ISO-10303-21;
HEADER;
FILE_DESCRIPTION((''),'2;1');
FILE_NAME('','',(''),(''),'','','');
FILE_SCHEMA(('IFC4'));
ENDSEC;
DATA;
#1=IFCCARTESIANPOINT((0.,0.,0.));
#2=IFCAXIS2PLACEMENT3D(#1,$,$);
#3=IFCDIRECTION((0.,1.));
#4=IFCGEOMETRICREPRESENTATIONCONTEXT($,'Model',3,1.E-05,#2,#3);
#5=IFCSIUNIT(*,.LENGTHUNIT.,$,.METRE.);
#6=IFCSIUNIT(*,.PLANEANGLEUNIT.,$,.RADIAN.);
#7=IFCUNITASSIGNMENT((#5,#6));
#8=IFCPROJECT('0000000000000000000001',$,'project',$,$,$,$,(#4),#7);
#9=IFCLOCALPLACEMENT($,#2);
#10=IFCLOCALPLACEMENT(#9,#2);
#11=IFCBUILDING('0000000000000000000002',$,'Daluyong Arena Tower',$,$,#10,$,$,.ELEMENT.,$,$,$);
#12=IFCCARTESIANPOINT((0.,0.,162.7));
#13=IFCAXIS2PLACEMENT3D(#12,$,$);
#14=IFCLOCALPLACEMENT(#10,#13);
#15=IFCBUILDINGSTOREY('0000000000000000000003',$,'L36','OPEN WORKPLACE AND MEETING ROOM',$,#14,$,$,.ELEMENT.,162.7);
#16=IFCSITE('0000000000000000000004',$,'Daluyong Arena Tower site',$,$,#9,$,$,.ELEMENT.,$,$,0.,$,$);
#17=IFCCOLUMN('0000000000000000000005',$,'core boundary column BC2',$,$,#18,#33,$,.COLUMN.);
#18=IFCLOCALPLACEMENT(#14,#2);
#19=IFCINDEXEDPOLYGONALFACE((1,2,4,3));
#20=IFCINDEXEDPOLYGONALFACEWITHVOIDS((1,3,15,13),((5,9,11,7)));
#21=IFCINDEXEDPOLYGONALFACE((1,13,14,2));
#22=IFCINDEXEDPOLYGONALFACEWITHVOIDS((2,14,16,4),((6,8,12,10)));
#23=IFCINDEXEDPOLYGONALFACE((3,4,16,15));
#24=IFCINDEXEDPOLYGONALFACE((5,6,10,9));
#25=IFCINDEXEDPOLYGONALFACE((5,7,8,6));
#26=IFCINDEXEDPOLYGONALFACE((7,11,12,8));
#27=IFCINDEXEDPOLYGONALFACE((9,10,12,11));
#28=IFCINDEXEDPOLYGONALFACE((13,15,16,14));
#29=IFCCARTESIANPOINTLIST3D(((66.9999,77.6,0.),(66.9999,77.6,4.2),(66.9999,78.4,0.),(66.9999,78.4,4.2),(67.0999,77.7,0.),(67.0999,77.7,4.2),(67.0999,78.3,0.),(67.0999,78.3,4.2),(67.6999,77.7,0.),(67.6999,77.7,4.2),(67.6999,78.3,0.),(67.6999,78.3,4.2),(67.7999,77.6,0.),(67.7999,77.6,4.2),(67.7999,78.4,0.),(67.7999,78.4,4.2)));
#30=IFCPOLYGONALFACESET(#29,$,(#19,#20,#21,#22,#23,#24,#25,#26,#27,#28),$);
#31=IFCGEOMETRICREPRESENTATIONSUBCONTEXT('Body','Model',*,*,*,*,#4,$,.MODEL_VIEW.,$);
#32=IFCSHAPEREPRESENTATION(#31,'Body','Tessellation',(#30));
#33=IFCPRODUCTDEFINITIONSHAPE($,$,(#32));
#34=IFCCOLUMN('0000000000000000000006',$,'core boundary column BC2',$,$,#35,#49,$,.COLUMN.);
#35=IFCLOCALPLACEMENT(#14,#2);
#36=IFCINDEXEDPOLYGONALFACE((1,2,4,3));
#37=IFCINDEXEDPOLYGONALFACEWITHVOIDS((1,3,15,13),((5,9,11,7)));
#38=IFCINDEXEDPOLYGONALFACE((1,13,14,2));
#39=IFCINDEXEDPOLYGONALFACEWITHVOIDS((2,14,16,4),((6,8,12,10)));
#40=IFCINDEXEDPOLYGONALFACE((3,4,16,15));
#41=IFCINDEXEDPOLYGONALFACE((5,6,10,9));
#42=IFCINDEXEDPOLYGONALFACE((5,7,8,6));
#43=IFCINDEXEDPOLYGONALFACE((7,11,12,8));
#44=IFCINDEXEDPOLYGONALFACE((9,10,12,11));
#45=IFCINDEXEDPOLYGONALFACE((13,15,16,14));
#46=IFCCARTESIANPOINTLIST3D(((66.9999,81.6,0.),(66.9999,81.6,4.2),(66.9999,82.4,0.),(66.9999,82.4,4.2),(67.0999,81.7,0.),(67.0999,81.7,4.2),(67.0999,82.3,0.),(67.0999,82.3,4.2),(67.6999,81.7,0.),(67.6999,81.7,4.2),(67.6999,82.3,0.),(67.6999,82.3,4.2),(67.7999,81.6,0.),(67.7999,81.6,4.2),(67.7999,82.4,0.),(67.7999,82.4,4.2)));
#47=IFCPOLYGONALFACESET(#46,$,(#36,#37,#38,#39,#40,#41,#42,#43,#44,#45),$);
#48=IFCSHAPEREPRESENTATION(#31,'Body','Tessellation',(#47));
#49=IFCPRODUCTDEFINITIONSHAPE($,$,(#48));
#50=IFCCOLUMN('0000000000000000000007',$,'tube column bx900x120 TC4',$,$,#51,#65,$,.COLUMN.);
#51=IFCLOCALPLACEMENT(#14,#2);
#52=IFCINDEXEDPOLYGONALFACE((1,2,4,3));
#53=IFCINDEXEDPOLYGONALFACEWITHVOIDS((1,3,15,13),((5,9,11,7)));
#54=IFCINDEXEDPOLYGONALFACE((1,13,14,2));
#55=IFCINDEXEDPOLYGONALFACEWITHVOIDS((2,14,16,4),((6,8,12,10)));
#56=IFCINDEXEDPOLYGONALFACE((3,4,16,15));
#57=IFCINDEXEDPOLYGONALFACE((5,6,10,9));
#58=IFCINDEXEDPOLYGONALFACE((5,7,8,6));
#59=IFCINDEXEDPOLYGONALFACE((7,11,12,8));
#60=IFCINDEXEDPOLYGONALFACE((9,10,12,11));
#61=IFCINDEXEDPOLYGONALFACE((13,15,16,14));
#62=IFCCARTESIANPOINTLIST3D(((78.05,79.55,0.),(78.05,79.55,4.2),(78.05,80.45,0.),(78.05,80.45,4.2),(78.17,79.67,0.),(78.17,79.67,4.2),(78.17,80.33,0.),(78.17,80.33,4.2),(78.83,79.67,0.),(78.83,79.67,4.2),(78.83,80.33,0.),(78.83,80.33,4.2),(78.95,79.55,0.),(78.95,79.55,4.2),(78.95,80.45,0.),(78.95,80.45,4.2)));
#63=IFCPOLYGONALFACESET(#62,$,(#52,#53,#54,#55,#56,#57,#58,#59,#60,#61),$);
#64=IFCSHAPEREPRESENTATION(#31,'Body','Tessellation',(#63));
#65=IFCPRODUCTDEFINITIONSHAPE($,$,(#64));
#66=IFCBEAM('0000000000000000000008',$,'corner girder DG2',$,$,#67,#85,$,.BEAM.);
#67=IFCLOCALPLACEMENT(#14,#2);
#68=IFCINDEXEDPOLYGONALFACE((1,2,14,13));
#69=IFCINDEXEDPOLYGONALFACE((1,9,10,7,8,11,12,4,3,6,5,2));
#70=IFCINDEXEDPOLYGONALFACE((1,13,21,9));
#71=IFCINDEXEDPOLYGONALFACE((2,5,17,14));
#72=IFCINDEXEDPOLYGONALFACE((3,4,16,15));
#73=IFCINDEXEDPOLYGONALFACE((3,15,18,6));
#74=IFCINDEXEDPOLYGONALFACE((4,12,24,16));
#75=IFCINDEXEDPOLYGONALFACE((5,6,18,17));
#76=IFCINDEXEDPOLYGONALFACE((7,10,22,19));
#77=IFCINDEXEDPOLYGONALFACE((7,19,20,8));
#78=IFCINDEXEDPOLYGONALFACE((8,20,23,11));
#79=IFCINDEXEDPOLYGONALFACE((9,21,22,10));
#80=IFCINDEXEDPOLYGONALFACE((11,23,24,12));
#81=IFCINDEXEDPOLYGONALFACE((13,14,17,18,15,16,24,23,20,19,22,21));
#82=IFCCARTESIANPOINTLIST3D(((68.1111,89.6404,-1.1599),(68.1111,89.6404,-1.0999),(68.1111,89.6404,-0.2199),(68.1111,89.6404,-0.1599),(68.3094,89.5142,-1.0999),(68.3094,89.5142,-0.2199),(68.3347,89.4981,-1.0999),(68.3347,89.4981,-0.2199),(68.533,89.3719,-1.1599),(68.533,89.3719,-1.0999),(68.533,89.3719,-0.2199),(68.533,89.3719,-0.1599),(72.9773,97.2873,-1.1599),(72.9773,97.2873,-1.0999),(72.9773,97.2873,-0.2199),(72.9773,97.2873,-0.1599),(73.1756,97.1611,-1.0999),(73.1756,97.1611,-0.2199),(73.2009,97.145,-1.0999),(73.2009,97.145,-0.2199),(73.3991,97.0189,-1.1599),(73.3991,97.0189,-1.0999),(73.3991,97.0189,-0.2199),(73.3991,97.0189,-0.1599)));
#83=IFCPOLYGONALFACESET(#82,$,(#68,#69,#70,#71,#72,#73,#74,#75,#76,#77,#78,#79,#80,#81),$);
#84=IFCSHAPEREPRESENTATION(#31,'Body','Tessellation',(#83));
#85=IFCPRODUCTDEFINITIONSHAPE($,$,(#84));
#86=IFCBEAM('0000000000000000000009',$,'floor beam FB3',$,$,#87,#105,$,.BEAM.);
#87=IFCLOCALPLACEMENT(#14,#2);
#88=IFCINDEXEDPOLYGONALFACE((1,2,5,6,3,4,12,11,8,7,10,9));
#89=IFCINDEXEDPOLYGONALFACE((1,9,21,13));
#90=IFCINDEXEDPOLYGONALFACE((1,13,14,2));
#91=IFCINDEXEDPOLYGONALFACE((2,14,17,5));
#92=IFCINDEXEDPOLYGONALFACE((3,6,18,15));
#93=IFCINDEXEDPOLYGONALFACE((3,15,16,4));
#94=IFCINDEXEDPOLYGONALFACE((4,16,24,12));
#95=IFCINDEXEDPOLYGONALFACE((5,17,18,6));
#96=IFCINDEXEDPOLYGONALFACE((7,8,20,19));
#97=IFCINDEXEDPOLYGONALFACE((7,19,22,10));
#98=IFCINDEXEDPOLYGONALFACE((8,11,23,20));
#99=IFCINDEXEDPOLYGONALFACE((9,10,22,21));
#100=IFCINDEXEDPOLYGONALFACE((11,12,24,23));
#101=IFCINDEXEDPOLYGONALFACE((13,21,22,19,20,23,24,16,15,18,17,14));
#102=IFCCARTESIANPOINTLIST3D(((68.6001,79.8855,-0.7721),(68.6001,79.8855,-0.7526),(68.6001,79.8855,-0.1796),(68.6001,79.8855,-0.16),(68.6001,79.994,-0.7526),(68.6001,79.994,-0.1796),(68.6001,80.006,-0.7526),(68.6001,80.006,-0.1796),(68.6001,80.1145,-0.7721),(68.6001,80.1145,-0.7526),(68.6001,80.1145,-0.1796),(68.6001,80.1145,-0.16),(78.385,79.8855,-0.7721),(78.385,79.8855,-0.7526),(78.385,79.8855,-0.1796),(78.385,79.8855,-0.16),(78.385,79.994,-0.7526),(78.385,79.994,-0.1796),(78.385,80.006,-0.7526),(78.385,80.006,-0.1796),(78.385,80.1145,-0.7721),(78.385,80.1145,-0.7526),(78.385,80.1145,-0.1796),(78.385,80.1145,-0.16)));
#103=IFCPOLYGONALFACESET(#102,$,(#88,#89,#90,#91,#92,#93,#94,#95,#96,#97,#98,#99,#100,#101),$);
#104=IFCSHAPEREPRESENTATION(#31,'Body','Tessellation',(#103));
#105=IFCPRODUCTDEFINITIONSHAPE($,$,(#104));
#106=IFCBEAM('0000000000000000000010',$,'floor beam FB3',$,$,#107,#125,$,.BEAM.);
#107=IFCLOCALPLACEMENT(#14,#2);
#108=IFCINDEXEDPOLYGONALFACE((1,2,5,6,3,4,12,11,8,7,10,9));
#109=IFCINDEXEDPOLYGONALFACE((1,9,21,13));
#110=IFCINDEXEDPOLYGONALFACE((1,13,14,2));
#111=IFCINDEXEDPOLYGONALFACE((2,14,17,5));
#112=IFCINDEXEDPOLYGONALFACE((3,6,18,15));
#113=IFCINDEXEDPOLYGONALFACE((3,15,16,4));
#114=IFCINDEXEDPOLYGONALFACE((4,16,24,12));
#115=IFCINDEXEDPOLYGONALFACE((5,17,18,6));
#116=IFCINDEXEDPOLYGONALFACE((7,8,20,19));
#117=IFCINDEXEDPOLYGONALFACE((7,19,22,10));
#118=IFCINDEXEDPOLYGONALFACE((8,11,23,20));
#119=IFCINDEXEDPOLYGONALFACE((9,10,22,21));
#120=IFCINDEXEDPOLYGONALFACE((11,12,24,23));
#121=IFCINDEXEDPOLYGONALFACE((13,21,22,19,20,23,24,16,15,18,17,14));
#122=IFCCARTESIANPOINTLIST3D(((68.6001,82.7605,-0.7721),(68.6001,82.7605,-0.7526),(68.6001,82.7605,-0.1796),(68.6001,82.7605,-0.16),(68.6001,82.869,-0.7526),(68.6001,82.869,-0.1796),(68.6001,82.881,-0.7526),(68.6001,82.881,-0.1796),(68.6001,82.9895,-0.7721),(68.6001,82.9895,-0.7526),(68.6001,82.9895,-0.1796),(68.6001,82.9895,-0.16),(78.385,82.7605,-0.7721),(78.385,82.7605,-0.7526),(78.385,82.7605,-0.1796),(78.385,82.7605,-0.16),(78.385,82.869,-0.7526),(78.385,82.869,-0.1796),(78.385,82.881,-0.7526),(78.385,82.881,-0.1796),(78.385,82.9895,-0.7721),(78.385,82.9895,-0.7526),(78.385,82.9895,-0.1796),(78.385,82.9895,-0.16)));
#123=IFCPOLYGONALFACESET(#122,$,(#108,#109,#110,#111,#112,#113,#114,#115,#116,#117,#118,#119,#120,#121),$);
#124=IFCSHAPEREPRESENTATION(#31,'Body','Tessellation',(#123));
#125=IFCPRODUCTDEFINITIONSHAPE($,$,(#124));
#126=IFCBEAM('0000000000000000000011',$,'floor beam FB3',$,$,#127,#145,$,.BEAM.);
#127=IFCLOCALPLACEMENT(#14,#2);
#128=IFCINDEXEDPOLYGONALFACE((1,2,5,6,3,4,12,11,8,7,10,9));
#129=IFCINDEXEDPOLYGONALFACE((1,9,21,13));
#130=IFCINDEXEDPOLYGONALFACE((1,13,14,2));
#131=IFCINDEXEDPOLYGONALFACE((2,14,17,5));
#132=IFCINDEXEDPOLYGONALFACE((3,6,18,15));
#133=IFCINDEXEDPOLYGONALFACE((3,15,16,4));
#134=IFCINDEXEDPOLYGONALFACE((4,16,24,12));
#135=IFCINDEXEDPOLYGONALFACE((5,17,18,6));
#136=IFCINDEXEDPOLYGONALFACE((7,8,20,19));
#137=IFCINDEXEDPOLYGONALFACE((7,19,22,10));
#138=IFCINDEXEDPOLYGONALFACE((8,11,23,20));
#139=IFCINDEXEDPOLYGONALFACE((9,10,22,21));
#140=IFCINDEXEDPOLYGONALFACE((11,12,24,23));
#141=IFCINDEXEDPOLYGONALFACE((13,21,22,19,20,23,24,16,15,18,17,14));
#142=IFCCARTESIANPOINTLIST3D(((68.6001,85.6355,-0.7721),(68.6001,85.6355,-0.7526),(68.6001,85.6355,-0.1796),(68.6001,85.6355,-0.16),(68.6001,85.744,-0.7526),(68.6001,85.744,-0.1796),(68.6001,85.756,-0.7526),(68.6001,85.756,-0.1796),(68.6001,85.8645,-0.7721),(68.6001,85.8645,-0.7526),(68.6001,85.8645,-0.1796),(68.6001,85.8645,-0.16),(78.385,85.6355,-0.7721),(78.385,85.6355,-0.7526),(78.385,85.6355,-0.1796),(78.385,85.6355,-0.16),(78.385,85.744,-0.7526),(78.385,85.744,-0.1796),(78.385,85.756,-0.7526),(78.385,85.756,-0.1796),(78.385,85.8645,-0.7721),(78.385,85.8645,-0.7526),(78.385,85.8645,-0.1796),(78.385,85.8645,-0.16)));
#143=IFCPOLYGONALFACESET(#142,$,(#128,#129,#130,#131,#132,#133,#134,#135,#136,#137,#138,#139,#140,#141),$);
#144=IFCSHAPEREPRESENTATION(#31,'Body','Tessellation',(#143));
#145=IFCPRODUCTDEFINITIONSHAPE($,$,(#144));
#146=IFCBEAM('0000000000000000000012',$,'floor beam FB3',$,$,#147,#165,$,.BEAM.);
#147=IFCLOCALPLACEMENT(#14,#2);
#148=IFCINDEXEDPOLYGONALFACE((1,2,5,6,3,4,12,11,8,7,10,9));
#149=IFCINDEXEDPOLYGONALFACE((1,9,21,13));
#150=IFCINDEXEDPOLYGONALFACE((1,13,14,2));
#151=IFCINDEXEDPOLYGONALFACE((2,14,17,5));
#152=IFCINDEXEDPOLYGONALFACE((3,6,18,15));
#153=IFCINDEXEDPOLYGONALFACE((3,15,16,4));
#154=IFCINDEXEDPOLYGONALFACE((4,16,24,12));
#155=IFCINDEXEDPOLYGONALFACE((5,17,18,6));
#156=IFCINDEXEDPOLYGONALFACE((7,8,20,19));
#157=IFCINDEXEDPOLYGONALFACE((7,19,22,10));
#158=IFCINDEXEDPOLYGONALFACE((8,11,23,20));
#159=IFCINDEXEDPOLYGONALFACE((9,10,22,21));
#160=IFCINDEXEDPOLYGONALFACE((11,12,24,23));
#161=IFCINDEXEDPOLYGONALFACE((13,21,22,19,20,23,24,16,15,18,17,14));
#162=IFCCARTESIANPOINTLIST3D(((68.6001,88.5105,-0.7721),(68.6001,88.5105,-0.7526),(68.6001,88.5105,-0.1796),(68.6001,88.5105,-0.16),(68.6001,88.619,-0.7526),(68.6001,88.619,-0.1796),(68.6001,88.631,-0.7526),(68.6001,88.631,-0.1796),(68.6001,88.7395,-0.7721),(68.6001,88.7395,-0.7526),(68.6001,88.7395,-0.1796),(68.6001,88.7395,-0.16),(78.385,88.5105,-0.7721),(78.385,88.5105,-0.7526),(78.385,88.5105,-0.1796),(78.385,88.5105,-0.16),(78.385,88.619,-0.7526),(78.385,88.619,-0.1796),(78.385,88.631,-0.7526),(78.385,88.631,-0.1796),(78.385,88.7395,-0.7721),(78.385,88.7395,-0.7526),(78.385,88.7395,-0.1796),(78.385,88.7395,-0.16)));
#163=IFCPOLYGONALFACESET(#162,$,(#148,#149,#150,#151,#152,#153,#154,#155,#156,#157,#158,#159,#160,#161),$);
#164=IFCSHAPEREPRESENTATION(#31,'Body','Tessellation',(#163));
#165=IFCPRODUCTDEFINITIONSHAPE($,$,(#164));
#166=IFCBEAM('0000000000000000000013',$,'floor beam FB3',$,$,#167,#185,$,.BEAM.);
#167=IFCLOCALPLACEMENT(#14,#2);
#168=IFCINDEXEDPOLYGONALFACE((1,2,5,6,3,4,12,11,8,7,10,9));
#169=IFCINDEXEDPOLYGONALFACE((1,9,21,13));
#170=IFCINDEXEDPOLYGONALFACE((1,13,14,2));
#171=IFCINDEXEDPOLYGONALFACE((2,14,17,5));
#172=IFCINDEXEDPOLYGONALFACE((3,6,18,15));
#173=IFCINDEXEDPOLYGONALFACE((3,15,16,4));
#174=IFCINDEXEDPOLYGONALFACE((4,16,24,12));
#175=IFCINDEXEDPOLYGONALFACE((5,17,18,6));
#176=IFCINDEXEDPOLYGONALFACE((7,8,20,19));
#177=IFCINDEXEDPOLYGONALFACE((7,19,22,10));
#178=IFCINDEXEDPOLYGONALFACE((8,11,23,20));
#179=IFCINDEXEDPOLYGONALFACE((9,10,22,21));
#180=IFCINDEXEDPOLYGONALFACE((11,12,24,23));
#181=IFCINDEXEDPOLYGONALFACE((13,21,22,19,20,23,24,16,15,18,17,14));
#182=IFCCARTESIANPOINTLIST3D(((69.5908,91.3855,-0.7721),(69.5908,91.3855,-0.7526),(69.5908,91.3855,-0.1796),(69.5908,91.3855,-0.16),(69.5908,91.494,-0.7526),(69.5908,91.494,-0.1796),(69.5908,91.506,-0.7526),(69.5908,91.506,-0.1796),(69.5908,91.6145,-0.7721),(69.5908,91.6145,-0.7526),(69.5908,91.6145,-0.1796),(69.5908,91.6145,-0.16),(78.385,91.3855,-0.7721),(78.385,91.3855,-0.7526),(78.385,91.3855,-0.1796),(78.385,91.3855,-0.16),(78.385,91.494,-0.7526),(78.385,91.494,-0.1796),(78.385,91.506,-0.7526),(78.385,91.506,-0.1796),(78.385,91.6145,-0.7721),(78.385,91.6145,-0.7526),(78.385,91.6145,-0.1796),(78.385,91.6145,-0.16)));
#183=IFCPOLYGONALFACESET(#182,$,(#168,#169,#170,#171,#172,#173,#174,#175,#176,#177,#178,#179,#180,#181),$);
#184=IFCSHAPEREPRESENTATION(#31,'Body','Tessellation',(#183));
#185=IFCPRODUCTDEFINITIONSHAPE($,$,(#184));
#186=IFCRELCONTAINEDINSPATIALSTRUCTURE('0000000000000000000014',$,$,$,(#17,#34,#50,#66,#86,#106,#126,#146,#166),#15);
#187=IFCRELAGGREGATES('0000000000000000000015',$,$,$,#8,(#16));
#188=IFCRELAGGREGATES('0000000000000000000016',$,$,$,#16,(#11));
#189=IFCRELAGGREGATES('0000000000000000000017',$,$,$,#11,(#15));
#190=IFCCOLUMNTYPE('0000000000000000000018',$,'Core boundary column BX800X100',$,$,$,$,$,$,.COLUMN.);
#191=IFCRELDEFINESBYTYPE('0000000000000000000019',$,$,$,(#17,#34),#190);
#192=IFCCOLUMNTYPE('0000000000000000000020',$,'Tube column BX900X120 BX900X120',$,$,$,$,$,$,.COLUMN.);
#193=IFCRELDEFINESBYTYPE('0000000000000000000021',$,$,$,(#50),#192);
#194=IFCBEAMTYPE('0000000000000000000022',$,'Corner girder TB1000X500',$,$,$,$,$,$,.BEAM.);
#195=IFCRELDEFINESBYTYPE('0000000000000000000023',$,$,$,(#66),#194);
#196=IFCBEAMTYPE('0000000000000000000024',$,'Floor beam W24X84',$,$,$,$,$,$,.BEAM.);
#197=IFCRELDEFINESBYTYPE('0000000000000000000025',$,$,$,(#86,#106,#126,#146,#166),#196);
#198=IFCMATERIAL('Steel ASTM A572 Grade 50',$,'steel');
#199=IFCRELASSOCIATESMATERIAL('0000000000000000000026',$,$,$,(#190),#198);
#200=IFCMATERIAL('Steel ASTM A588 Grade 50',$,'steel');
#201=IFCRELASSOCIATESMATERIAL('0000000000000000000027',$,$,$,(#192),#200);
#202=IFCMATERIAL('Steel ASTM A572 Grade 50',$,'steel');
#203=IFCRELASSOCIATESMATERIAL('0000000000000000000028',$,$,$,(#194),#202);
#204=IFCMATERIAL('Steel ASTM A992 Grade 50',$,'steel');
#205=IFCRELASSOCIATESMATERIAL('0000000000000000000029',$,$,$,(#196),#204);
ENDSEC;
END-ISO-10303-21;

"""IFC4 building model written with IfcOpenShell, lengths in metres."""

from ifc_helpers import new_model, si_unit, direction, frame, origin, origin_2d, place, context, subcontext, project, spatial, hollow_rectangle, i_section, extrude, material, material_profile, profile_set, type_object, element, save


model = new_model("IFC4")

# Units and contexts
model_context = context("Model", 3, precision=1e-05, world=origin(), true_north=direction((0.0, 1.0)))
body_context = subcontext(model_context, "Body", "Model", "MODEL_VIEW")
ifc_project = project(units=[si_unit("LENGTHUNIT", "METRE"), si_unit("PLANEANGLEUNIT", "RADIAN")], contexts=[model_context])

# Site, building, storey
site_placement = place(None, origin())
site = spatial("IfcSite", under=ifc_project, at=site_placement, Name="Daluyong Arena Tower site", CompositionType="ELEMENT", RefElevation=0.0)
building_placement = place(site_placement, origin())
building = spatial("IfcBuilding", under=site, at=building_placement, Name="Daluyong Arena Tower", CompositionType="ELEMENT")
storey_placement = place(building_placement, frame((0.0, 0.0, 162.7)))
storey = spatial("IfcBuildingStorey", under=building, at=storey_placement, Name="L36", Description="OPEN WORKPLACE AND MEETING ROOM", CompositionType="ELEMENT", Elevation=162.7)

# Columns
ifc_material_1 = material(Name="Steel ASTM A572 Grade 50", Category="steel")
ifc_material_profile_1 = material_profile(ifc_material_1, hollow_rectangle(XDim=0.8, YDim=0.8, WallThickness=0.1, at=origin_2d()))
ifc_profile_set_1 = profile_set([ifc_material_profile_1], Name="Steel ASTM A572 Grade 50")
column_type_1 = type_object("IfcColumnType", Name="Core boundary column BX800X100", PredefinedType="COLUMN", material=ifc_profile_set_1)
for number, where, z_axis, x_axis, name in (
    (1, (67.3999, 78.0, 0.0), (0.0, 0.0, 1.0), (1.0, 0.0, 0.0), "core boundary column BC2"),
    (2, (67.3999, 82.0, 0.0), (0.0, 0.0, 1.0), (1.0, 0.0, 0.0), "core boundary column BC2"),
):
    element("IfcColumn", number, at=place(storey_placement, frame(where, z_axis=z_axis, x_axis=x_axis)), inside=storey, type_object=column_type_1, Name=name, PredefinedType="COLUMN", context=body_context, shape_type="SweptSolid", body=[
        extrude(hollow_rectangle(XDim=0.8, YDim=0.8, WallThickness=0.1, at=origin_2d()), origin(), (0.0, 0.0, 1.0), 4.2),
    ])
ifc_material_2 = material(Name="Steel ASTM A588 Grade 50", Category="steel")
ifc_material_profile_2 = material_profile(ifc_material_2, hollow_rectangle(XDim=0.8999, YDim=0.8999, WallThickness=0.12, at=origin_2d()))
ifc_profile_set_2 = profile_set([ifc_material_profile_2], Name="Steel ASTM A588 Grade 50")
column_type_2 = type_object("IfcColumnType", Name="Tube column BX900X120 BX900X120", PredefinedType="COLUMN", material=ifc_profile_set_2)
column_placement = place(storey_placement, frame((78.5, 80.0, 0.0), z_axis=(0.0, 0.0, 1.0), x_axis=(0.0, 1.0, 0.0)))
element("IfcColumn", 3, at=column_placement, inside=storey, type_object=column_type_2, Name="tube column bx900x120 TC4", PredefinedType="COLUMN", context=body_context, shape_type="SweptSolid", body=[
    extrude(hollow_rectangle(XDim=0.8999, YDim=0.8999, WallThickness=0.12, at=origin_2d()), origin(), (0.0, 0.0, 1.0), 4.2),
])

# Beams
ifc_material_3 = material(Name="Steel ASTM A572 Grade 50", Category="steel")
ifc_material_profile_3 = material_profile(ifc_material_3, i_section(OverallWidth=0.5, OverallDepth=1.0, WebThickness=0.03, FlangeThickness=0.06, at=origin_2d()))
ifc_profile_set_3 = profile_set([ifc_material_profile_3], Name="Steel ASTM A572 Grade 50")
beam_type_1 = type_object("IfcBeamType", Name="Corner girder TB1000X500", PredefinedType="BEAM", material=ifc_profile_set_3)
beam_1_placement = place(storey_placement, frame((73.1882, 97.1531, -0.6599), z_axis=(-0.536872, -0.843664, 0.0), x_axis=(0.843664, -0.536872, 0.0)))
element("IfcBeam", 4, at=beam_1_placement, inside=storey, type_object=beam_type_1, Name="corner girder DG2", PredefinedType="BEAM", context=body_context, shape_type="SweptSolid", body=[
    extrude(i_section(OverallWidth=0.5, OverallDepth=1.0, WebThickness=0.03, FlangeThickness=0.06, at=origin_2d()), origin(), (0.0, 0.0, 1.0), 9.064),
])
ifc_material_4 = material(Name="Steel ASTM A992 Grade 50", Category="steel")
ifc_material_profile_4 = material_profile(ifc_material_4, i_section(OverallWidth=0.229, OverallDepth=0.6121, WebThickness=0.012, FlangeThickness=0.0195, at=origin_2d()))
ifc_profile_set_4 = profile_set([ifc_material_profile_4], Name="Steel ASTM A992 Grade 50")
beam_type_2 = type_object("IfcBeamType", Name="Floor beam W24X84", PredefinedType="BEAM", material=ifc_profile_set_4)
for number, where, z_axis, x_axis, name in (
    (5, (78.385, 80.0, -0.4661), (-1.0, 0.0, 0.0), (0.0, -1.0, 0.0), "floor beam FB3"),
    (6, (78.385, 82.875, -0.4661), (-1.0, 0.0, 0.0), (0.0, -1.0, 0.0), "floor beam FB3"),
    (7, (78.385, 85.75, -0.4661), (-1.0, 0.0, 0.0), (0.0, -1.0, 0.0), "floor beam FB3"),
    (8, (78.385, 88.625, -0.4661), (-1.0, 0.0, 0.0), (0.0, -1.0, 0.0), "floor beam FB3"),
):
    element("IfcBeam", number, at=place(storey_placement, frame(where, z_axis=z_axis, x_axis=x_axis)), inside=storey, type_object=beam_type_2, Name=name, PredefinedType="BEAM", context=body_context, shape_type="SweptSolid", body=[
        extrude(i_section(OverallWidth=0.229, OverallDepth=0.6121, WebThickness=0.012, FlangeThickness=0.0195, at=origin_2d()), origin(), (0.0, 0.0, 1.0), 9.7849),
    ])
beam_2_placement = place(storey_placement, frame((78.385, 91.5, -0.4661), z_axis=(-1.0, 0.0, 0.0), x_axis=(0.0, -1.0, 0.0)))
element("IfcBeam", 9, at=beam_2_placement, inside=storey, type_object=beam_type_2, Name="floor beam FB3", PredefinedType="BEAM", context=body_context, shape_type="SweptSolid", body=[
    extrude(i_section(OverallWidth=0.229, OverallDepth=0.6121, WebThickness=0.012, FlangeThickness=0.0195, at=origin_2d()), origin(), (0.0, 0.0, 1.0), 8.7942),
])

save(model, "model.ifc")
